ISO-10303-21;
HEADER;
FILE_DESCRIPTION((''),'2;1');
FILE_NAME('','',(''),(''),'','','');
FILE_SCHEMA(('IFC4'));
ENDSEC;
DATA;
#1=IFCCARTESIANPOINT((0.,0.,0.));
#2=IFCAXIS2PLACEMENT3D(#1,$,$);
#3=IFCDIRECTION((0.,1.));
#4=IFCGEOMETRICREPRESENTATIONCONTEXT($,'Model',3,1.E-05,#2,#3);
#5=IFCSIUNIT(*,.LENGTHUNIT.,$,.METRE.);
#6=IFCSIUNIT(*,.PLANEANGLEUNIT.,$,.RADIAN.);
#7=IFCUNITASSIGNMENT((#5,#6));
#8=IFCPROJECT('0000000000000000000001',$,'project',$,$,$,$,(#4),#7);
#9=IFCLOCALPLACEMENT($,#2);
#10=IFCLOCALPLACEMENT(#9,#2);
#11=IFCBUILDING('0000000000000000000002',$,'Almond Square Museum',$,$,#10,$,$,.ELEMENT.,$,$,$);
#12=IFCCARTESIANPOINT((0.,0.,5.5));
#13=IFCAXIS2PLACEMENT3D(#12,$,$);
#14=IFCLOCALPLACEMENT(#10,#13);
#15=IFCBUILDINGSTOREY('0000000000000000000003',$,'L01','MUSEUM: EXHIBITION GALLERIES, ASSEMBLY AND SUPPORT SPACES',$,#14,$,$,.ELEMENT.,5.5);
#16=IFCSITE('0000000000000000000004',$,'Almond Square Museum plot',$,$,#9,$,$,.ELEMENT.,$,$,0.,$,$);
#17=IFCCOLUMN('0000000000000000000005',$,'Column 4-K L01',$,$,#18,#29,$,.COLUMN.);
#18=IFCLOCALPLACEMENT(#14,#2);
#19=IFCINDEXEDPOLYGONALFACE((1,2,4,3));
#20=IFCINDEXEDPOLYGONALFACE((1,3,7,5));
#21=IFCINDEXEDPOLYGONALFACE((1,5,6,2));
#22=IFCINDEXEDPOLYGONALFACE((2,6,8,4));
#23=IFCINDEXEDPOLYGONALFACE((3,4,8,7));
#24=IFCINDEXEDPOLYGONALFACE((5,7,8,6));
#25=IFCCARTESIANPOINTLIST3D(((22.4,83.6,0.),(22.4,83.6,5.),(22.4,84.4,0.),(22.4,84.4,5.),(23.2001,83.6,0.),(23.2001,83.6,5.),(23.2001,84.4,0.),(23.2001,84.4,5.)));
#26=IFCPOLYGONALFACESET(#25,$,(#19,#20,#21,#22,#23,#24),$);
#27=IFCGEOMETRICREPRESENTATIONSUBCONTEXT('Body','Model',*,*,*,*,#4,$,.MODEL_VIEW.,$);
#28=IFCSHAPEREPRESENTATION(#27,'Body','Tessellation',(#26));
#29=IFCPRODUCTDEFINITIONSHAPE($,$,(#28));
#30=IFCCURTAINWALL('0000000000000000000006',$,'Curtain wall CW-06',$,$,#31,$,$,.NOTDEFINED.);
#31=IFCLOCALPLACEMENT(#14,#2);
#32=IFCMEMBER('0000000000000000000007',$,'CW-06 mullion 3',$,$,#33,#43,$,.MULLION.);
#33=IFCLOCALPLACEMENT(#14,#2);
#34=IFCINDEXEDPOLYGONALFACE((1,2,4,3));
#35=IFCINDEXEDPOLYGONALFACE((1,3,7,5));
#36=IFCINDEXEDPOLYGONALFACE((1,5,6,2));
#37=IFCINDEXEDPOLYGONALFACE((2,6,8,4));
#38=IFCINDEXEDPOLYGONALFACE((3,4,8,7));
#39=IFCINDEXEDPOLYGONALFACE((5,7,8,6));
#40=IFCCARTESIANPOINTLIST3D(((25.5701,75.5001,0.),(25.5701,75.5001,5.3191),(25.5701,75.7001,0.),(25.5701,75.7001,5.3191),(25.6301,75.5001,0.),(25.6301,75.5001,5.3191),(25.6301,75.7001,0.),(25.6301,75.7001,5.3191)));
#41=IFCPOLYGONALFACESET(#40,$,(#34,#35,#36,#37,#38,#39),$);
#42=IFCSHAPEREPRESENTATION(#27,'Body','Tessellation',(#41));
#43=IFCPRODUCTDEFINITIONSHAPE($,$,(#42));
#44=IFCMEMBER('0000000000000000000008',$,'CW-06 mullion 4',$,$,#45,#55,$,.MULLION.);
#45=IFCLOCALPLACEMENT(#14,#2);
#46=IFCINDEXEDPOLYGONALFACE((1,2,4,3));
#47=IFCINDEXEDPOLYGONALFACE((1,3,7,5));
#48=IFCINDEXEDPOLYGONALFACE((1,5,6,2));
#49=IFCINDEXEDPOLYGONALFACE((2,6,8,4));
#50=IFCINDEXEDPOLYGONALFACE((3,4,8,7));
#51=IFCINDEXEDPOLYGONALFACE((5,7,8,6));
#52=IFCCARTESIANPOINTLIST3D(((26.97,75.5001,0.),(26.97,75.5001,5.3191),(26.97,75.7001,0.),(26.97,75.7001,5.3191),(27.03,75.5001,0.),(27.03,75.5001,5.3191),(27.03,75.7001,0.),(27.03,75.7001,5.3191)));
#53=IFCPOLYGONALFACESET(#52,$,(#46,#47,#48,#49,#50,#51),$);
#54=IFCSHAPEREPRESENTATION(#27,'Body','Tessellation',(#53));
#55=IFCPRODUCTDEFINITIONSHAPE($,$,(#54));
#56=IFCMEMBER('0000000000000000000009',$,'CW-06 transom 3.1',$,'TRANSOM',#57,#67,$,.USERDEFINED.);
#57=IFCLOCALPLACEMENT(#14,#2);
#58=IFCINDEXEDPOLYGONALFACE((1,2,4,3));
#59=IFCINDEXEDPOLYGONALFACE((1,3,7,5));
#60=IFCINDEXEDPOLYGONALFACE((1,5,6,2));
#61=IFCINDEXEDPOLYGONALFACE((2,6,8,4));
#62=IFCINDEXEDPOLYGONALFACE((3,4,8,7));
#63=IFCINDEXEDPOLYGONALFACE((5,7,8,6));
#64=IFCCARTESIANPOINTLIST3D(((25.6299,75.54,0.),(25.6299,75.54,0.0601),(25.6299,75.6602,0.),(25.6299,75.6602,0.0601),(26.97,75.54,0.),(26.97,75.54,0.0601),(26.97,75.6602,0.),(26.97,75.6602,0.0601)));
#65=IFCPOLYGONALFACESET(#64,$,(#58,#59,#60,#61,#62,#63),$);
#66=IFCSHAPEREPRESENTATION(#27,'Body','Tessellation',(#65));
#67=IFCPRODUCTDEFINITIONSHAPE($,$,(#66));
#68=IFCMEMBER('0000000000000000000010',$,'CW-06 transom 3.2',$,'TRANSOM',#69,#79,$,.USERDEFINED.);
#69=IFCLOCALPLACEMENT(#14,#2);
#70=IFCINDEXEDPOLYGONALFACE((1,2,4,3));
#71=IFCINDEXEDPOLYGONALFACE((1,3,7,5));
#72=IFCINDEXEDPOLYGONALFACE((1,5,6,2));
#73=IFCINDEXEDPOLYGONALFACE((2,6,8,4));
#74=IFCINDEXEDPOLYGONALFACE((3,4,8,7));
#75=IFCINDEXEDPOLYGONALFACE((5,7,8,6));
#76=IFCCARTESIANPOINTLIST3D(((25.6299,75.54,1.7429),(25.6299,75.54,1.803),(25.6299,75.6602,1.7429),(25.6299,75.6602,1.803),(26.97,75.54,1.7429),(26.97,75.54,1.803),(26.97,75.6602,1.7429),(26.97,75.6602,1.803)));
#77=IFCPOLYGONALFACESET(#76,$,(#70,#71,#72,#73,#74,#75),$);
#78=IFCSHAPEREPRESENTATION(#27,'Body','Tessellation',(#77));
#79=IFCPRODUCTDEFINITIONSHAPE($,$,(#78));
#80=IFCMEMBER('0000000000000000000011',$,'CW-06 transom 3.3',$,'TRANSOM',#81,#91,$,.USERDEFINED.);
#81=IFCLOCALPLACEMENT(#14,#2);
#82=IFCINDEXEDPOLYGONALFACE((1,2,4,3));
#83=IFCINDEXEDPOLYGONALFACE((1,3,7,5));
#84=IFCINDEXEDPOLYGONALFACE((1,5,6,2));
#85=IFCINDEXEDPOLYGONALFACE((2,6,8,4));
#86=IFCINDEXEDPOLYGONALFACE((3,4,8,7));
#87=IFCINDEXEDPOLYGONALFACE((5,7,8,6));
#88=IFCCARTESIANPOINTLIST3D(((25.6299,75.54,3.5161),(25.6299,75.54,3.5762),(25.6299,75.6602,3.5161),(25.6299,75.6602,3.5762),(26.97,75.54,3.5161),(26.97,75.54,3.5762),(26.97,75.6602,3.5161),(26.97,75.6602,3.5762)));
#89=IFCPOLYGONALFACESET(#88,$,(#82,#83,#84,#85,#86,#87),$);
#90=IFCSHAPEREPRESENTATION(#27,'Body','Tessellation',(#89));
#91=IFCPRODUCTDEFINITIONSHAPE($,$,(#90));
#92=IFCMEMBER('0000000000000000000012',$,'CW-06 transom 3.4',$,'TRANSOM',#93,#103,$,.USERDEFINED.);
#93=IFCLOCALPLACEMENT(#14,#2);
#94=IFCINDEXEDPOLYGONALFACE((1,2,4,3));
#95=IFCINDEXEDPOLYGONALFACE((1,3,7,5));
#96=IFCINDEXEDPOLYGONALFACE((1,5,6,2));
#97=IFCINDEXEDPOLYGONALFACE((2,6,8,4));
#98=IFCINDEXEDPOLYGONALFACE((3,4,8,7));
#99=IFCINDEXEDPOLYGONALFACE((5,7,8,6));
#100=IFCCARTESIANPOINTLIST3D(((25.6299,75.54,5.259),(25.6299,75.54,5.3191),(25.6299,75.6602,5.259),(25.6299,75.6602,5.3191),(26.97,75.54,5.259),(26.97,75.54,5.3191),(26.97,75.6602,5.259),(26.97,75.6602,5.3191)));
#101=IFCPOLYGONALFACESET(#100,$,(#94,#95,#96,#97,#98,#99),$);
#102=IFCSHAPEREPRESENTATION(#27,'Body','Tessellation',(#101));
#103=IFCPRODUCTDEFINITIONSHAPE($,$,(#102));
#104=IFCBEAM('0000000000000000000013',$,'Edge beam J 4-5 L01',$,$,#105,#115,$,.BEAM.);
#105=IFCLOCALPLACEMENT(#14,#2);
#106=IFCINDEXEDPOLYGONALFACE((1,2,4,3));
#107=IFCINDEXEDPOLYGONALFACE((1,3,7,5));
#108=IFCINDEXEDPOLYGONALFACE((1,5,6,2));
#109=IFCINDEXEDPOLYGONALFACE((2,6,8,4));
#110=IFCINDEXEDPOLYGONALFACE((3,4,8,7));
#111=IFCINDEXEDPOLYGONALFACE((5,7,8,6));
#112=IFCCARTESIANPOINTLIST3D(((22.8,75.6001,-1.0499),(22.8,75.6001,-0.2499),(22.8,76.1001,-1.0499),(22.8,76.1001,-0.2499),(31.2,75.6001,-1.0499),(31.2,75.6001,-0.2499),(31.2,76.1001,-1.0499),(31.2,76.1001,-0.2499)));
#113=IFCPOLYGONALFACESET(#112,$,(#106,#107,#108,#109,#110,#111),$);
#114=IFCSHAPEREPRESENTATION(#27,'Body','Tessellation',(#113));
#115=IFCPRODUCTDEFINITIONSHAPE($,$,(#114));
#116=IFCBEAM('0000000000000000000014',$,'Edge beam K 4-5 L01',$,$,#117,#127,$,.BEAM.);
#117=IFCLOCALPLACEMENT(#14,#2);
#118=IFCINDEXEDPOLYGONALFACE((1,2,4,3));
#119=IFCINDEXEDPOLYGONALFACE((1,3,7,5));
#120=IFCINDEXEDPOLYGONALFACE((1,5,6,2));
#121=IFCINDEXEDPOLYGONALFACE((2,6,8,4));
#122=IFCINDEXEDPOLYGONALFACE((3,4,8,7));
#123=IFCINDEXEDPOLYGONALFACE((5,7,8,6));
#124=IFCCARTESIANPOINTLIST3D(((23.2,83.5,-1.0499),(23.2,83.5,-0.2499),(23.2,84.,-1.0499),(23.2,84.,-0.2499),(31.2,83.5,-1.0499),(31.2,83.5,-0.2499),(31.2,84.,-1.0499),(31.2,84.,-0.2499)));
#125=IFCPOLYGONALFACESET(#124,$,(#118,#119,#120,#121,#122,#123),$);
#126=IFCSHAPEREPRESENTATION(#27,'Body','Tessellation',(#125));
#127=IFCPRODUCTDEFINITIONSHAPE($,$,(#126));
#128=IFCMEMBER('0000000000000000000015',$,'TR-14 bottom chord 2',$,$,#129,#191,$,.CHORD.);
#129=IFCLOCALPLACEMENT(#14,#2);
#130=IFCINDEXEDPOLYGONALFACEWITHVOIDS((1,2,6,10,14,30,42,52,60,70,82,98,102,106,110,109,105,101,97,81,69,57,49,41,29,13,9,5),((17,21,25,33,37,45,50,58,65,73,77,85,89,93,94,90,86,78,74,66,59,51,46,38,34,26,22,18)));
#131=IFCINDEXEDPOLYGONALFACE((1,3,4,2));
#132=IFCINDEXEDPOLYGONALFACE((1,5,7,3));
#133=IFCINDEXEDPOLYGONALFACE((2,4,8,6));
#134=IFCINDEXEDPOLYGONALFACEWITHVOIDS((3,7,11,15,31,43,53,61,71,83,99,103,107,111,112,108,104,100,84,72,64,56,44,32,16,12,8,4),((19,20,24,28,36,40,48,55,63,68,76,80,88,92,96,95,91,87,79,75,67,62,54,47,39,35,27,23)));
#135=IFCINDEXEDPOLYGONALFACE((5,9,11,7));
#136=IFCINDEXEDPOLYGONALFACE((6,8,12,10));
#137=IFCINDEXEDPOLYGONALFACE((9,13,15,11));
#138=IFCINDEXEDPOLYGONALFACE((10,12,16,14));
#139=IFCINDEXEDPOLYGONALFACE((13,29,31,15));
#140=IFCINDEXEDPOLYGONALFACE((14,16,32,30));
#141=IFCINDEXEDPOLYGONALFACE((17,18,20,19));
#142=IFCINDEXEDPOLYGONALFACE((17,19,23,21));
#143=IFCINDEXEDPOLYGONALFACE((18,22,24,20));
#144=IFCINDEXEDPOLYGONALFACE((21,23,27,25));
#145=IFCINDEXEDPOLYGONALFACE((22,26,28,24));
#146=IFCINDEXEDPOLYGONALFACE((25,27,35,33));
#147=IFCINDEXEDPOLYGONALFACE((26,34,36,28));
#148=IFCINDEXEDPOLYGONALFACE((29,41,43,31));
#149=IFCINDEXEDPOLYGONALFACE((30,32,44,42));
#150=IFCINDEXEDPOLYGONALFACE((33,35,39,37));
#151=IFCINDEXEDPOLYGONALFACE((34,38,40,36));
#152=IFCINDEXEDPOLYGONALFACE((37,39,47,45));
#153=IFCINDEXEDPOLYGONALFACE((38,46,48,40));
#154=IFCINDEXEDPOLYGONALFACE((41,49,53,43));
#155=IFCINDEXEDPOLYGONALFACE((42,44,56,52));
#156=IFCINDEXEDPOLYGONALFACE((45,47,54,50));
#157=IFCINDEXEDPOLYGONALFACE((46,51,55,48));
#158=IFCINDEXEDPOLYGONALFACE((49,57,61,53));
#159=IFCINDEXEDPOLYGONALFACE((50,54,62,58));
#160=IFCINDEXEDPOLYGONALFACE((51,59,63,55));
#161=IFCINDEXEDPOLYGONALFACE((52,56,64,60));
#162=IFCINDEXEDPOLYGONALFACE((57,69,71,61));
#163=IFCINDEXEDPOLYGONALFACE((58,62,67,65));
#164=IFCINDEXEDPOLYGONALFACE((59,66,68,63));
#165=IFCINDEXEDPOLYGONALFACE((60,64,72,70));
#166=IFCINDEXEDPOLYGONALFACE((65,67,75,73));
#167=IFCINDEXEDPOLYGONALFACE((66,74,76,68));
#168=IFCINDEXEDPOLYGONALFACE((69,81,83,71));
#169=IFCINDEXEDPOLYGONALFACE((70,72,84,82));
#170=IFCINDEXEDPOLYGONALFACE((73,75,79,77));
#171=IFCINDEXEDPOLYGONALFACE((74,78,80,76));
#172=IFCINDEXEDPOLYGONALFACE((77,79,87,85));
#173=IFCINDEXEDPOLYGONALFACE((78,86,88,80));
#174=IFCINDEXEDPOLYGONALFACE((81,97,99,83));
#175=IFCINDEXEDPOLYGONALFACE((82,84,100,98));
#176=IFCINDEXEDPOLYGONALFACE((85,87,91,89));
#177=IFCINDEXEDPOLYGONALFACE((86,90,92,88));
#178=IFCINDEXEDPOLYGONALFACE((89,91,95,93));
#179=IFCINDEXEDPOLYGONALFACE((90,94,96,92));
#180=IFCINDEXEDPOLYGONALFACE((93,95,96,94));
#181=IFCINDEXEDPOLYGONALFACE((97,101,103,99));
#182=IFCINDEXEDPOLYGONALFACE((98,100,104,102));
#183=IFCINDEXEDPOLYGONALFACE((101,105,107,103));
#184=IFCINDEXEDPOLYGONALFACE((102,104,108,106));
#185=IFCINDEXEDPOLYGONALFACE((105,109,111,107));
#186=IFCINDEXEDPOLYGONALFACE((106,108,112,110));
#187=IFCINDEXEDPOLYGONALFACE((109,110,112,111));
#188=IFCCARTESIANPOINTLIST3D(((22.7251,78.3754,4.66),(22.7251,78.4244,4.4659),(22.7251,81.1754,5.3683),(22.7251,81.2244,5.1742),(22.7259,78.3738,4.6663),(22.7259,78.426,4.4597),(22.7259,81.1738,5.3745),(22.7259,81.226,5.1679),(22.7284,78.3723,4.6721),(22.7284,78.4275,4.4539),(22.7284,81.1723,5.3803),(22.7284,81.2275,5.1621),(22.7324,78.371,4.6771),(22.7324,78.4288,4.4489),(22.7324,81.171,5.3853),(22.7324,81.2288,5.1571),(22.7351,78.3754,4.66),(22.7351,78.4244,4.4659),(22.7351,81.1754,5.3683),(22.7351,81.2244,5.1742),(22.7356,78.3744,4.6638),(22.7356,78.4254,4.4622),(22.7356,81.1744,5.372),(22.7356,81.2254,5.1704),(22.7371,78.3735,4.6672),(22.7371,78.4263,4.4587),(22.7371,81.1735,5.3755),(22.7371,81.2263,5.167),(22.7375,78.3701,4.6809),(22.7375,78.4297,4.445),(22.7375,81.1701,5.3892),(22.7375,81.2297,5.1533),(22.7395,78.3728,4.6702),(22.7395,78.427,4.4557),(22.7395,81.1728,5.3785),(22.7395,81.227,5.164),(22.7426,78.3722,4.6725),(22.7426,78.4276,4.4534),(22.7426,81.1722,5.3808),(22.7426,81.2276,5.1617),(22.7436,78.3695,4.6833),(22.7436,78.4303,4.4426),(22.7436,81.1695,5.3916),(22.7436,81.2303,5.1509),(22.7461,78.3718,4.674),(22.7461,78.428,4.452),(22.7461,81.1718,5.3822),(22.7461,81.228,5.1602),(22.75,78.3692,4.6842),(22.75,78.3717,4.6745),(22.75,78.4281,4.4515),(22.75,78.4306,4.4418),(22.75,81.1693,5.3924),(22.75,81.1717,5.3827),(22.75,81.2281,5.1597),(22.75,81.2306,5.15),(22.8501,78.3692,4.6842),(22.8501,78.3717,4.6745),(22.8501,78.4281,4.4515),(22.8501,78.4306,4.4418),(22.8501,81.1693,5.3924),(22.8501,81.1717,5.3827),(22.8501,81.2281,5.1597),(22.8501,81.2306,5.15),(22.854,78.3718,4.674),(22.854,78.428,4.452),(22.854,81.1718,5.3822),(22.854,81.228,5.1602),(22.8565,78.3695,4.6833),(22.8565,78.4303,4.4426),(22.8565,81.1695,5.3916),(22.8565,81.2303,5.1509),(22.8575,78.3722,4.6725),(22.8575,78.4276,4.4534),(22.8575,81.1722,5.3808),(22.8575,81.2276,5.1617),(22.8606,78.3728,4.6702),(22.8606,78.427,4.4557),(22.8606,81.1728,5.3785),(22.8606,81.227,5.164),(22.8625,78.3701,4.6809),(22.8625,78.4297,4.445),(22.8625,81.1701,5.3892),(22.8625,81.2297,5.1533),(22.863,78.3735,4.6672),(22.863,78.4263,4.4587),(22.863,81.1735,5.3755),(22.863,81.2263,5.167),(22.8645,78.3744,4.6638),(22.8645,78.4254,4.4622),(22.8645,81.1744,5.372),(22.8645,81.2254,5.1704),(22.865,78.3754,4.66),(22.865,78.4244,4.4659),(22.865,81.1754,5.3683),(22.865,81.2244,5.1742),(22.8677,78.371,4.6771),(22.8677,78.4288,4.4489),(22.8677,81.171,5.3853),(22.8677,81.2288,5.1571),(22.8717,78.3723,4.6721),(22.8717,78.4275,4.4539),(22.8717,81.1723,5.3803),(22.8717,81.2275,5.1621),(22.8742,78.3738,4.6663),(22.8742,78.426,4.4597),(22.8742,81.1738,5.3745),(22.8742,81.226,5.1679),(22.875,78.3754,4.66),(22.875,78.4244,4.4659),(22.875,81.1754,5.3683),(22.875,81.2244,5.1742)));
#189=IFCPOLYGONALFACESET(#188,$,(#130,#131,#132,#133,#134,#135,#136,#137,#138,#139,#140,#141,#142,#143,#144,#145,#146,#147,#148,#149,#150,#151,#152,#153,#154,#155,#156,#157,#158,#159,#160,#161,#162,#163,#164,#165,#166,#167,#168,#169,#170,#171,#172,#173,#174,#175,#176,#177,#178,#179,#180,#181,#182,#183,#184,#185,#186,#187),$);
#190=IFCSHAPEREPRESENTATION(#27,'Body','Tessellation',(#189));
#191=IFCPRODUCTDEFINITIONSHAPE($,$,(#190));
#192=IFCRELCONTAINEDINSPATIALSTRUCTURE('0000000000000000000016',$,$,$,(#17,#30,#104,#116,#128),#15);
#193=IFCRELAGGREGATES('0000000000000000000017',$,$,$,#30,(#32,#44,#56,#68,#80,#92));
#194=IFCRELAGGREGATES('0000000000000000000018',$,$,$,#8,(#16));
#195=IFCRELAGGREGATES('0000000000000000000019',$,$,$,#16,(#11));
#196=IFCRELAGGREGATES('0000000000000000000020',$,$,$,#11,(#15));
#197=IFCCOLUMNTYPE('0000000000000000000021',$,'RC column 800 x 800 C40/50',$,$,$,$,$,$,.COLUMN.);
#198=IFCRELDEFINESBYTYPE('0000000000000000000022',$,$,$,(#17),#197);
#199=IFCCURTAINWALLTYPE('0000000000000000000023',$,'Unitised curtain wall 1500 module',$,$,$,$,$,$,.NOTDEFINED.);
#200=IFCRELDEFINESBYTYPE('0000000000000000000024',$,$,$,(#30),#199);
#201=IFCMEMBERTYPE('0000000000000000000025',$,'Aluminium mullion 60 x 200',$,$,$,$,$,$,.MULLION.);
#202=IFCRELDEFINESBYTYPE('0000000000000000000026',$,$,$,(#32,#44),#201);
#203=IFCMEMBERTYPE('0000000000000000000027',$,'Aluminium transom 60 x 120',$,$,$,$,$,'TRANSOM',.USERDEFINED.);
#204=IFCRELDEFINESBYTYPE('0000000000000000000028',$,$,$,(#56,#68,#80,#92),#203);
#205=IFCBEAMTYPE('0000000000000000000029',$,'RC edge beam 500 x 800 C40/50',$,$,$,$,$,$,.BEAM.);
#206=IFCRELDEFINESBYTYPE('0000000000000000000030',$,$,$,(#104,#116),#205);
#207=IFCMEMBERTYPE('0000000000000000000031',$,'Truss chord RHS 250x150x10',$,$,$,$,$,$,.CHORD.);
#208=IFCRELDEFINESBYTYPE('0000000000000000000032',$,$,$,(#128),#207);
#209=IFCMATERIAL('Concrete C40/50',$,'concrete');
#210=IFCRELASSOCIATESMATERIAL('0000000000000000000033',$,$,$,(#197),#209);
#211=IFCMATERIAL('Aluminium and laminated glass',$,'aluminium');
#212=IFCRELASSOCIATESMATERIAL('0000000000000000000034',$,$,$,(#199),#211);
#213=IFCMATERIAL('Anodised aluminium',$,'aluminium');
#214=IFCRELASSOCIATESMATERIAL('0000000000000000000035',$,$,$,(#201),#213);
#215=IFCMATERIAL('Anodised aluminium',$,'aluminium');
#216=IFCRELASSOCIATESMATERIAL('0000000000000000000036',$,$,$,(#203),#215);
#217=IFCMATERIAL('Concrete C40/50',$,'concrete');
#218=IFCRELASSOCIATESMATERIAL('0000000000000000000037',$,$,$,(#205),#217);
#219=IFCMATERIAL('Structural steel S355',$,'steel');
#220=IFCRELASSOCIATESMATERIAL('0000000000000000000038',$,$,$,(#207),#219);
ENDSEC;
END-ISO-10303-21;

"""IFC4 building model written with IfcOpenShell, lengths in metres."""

from ifc_helpers import new_model, si_unit, direction, frame, origin, origin_2d, place, context, subcontext, project, spatial, rectangle, hollow_rectangle, extrude, material, material_profile, profile_set, type_object, element, aggregate, save


model = new_model("IFC4")

# Units and contexts
model_context = context("Model", 3, precision=1e-05, world=origin(), true_north=direction((0.0, 1.0)))
body_context = subcontext(model_context, "Body", "Model", "MODEL_VIEW")
ifc_project = project(units=[si_unit("LENGTHUNIT", "METRE"), si_unit("PLANEANGLEUNIT", "RADIAN")], contexts=[model_context])

# Site, building, storey
site_placement = place(None, origin())
site = spatial("IfcSite", under=ifc_project, at=site_placement, Name="Almond Square Museum plot", CompositionType="ELEMENT", RefElevation=0.0)
building_placement = place(site_placement, origin())
building = spatial("IfcBuilding", under=site, at=building_placement, Name="Almond Square Museum", CompositionType="ELEMENT")
storey_placement = place(building_placement, frame((0.0, 0.0, 5.5)))
storey = spatial("IfcBuildingStorey", under=building, at=storey_placement, Name="L01", Description="MUSEUM: EXHIBITION GALLERIES, ASSEMBLY AND SUPPORT SPACES", CompositionType="ELEMENT", Elevation=5.5)

# Column
ifc_material_1 = material(Name="Concrete C40/50", Category="concrete")
ifc_material_profile_1 = material_profile(ifc_material_1, rectangle(XDim=0.8, YDim=0.8, at=origin_2d()))
ifc_profile_set_1 = profile_set([ifc_material_profile_1], Name="Concrete C40/50")
column_type = type_object("IfcColumnType", Name="RC column 800 x 800 C40/50", PredefinedType="COLUMN", material=ifc_profile_set_1)
column_placement = place(storey_placement, frame((22.8, 84.0, 0.0), z_axis=(0.0, 0.0, 1.0), x_axis=(1.0, 0.0, 0.0)))
element("IfcColumn", 1, at=column_placement, inside=storey, type_object=column_type, Name="Column 4-K L01", PredefinedType="COLUMN", context=body_context, shape_type="SweptSolid", body=[
    extrude(rectangle(XDim=0.8, YDim=0.8, at=origin_2d()), origin(), (0.0, 0.0, 1.0), 5.0),
])

# Curtain wall, members
ifc_material_2 = material(Name="Aluminium and laminated glass", Category="aluminium")
curtain_wall_type = type_object("IfcCurtainWallType", Name="Unitised curtain wall 1500 module", PredefinedType="NOTDEFINED", material=ifc_material_2)
curtain_wall_placement = place(storey_placement, origin())
curtain_wall = element("IfcCurtainWall", 2, at=curtain_wall_placement, inside=storey, type_object=curtain_wall_type, Name="Curtain wall CW-06", PredefinedType="NOTDEFINED")
ifc_material_3 = material(Name="Anodised aluminium", Category="aluminium")
ifc_material_profile_2 = material_profile(ifc_material_3, rectangle(XDim=0.2, YDim=0.0601, at=origin_2d()))
ifc_profile_set_2 = profile_set([ifc_material_profile_2], Name="Anodised aluminium")
member_type_1 = type_object("IfcMemberType", Name="Aluminium mullion 60 x 200", PredefinedType="MULLION", material=ifc_profile_set_2)
member_1_placement = place(storey_placement, frame((25.6001, 75.6001, 0.0), z_axis=(0.0, 0.0, 1.0), x_axis=(0.0, 1.0, 0.0)))
member_1 = element("IfcMember", 3, at=member_1_placement, type_object=member_type_1, Name="CW-06 mullion 3", PredefinedType="MULLION", context=body_context, shape_type="SweptSolid", body=[
    extrude(rectangle(XDim=0.2, YDim=0.0601, at=origin_2d()), origin(), (0.0, 0.0, 1.0), 5.3191),
])
member_2_placement = place(storey_placement, frame((27.0, 75.6001, 0.0), z_axis=(0.0, 0.0, 1.0), x_axis=(0.0, 1.0, 0.0)))
member_2 = element("IfcMember", 4, at=member_2_placement, type_object=member_type_1, Name="CW-06 mullion 4", PredefinedType="MULLION", context=body_context, shape_type="SweptSolid", body=[
    extrude(rectangle(XDim=0.2, YDim=0.0601, at=origin_2d()), origin(), (0.0, 0.0, 1.0), 5.3191),
])
ifc_material_4 = material(Name="Anodised aluminium", Category="aluminium")
ifc_material_profile_3 = material_profile(ifc_material_4, rectangle(XDim=0.1201, YDim=0.0601, at=origin_2d()))
ifc_profile_set_3 = profile_set([ifc_material_profile_3], Name="Anodised aluminium")
member_type_2 = type_object("IfcMemberType", Name="Aluminium transom 60 x 120", ElementType="TRANSOM", PredefinedType="USERDEFINED", material=ifc_profile_set_3)
member_3_placement = place(storey_placement, frame((25.6299, 75.6001, 0.03), z_axis=(1.0, 0.0, 0.0), x_axis=(0.0, 1.0, 0.0)))
member_3 = element("IfcMember", 5, at=member_3_placement, type_object=member_type_2, Name="CW-06 transom 3.1", ObjectType="TRANSOM", PredefinedType="USERDEFINED", context=body_context, shape_type="SweptSolid", body=[
    extrude(rectangle(XDim=0.1201, YDim=0.0601, at=origin_2d()), origin(), (0.0, 0.0, 1.0), 1.3401),
])
member_4_placement = place(storey_placement, frame((25.6299, 75.6001, 1.7729), z_axis=(1.0, 0.0, 0.0), x_axis=(0.0, 1.0, 0.0)))
member_4 = element("IfcMember", 6, at=member_4_placement, type_object=member_type_2, Name="CW-06 transom 3.2", ObjectType="TRANSOM", PredefinedType="USERDEFINED", context=body_context, shape_type="SweptSolid", body=[
    extrude(rectangle(XDim=0.1201, YDim=0.0601, at=origin_2d()), origin(), (0.0, 0.0, 1.0), 1.3401),
])
member_5_placement = place(storey_placement, frame((25.6299, 75.6001, 3.5461), z_axis=(1.0, 0.0, 0.0), x_axis=(0.0, 1.0, 0.0)))
member_5 = element("IfcMember", 7, at=member_5_placement, type_object=member_type_2, Name="CW-06 transom 3.3", ObjectType="TRANSOM", PredefinedType="USERDEFINED", context=body_context, shape_type="SweptSolid", body=[
    extrude(rectangle(XDim=0.1201, YDim=0.0601, at=origin_2d()), origin(), (0.0, 0.0, 1.0), 1.3401),
])
member_6_placement = place(storey_placement, frame((25.6299, 75.6001, 5.2891), z_axis=(1.0, 0.0, 0.0), x_axis=(0.0, 1.0, 0.0)))
member_6 = element("IfcMember", 8, at=member_6_placement, type_object=member_type_2, Name="CW-06 transom 3.4", ObjectType="TRANSOM", PredefinedType="USERDEFINED", context=body_context, shape_type="SweptSolid", body=[
    extrude(rectangle(XDim=0.1201, YDim=0.0601, at=origin_2d()), origin(), (0.0, 0.0, 1.0), 1.3401),
])

# Beams
ifc_material_5 = material(Name="Concrete C40/50", Category="concrete")
ifc_material_profile_4 = material_profile(ifc_material_5, rectangle(XDim=0.5, YDim=0.8, at=origin_2d()))
ifc_profile_set_4 = profile_set([ifc_material_profile_4], Name="Concrete C40/50")
beam_type = type_object("IfcBeamType", Name="RC edge beam 500 x 800 C40/50", PredefinedType="BEAM", material=ifc_profile_set_4)
beam_1_placement = place(storey_placement, frame((22.8, 75.8501, -0.6499), z_axis=(1.0, 0.0, 0.0), x_axis=(0.0, 1.0, 0.0)))
element("IfcBeam", 9, at=beam_1_placement, inside=storey, type_object=beam_type, Name="Edge beam J 4-5 L01", PredefinedType="BEAM", context=body_context, shape_type="SweptSolid", body=[
    extrude(rectangle(XDim=0.5, YDim=0.8, at=origin_2d()), origin(), (0.0, 0.0, 1.0), 8.3999),
])
beam_2_placement = place(storey_placement, frame((23.2, 83.75, -0.6499), z_axis=(1.0, 0.0, 0.0), x_axis=(0.0, 1.0, 0.0)))
element("IfcBeam", 10, at=beam_2_placement, inside=storey, type_object=beam_type, Name="Edge beam K 4-5 L01", PredefinedType="BEAM", context=body_context, shape_type="SweptSolid", body=[
    extrude(rectangle(XDim=0.5, YDim=0.8, at=origin_2d()), origin(), (0.0, 0.0, 1.0), 8.0),
])

# Member
ifc_material_6 = material(Name="Structural steel S355", Category="steel")
ifc_material_profile_5 = material_profile(ifc_material_6, hollow_rectangle(XDim=0.1499, YDim=0.25, WallThickness=0.01, InnerFilletRadius=0.0149, OuterFilletRadius=0.0249, at=origin_2d()))
ifc_profile_set_5 = profile_set([ifc_material_profile_5], Name="Structural steel S355")
member_type_3 = type_object("IfcMemberType", Name="Truss chord RHS 250x150x10", PredefinedType="CHORD", material=ifc_profile_set_5)
member_7_placement = place(storey_placement, frame((22.8, 78.3999, 4.563), z_axis=(0.0, 0.969468, 0.24522), x_axis=(-1.0, 0.0, 0.0)))
element("IfcMember", 11, at=member_7_placement, inside=storey, type_object=member_type_3, Name="TR-14 bottom chord 2", PredefinedType="CHORD", context=body_context, shape_type="SweptSolid", body=[
    extrude(hollow_rectangle(XDim=0.1499, YDim=0.25, WallThickness=0.01, InnerFilletRadius=0.0149, OuterFilletRadius=0.0249, at=origin_2d()), origin(), (0.0, 0.0, 1.0), 2.8882),
])

aggregate(curtain_wall, [member_1, member_2, member_3, member_4, member_5, member_6])

save(model, "model.ifc")
